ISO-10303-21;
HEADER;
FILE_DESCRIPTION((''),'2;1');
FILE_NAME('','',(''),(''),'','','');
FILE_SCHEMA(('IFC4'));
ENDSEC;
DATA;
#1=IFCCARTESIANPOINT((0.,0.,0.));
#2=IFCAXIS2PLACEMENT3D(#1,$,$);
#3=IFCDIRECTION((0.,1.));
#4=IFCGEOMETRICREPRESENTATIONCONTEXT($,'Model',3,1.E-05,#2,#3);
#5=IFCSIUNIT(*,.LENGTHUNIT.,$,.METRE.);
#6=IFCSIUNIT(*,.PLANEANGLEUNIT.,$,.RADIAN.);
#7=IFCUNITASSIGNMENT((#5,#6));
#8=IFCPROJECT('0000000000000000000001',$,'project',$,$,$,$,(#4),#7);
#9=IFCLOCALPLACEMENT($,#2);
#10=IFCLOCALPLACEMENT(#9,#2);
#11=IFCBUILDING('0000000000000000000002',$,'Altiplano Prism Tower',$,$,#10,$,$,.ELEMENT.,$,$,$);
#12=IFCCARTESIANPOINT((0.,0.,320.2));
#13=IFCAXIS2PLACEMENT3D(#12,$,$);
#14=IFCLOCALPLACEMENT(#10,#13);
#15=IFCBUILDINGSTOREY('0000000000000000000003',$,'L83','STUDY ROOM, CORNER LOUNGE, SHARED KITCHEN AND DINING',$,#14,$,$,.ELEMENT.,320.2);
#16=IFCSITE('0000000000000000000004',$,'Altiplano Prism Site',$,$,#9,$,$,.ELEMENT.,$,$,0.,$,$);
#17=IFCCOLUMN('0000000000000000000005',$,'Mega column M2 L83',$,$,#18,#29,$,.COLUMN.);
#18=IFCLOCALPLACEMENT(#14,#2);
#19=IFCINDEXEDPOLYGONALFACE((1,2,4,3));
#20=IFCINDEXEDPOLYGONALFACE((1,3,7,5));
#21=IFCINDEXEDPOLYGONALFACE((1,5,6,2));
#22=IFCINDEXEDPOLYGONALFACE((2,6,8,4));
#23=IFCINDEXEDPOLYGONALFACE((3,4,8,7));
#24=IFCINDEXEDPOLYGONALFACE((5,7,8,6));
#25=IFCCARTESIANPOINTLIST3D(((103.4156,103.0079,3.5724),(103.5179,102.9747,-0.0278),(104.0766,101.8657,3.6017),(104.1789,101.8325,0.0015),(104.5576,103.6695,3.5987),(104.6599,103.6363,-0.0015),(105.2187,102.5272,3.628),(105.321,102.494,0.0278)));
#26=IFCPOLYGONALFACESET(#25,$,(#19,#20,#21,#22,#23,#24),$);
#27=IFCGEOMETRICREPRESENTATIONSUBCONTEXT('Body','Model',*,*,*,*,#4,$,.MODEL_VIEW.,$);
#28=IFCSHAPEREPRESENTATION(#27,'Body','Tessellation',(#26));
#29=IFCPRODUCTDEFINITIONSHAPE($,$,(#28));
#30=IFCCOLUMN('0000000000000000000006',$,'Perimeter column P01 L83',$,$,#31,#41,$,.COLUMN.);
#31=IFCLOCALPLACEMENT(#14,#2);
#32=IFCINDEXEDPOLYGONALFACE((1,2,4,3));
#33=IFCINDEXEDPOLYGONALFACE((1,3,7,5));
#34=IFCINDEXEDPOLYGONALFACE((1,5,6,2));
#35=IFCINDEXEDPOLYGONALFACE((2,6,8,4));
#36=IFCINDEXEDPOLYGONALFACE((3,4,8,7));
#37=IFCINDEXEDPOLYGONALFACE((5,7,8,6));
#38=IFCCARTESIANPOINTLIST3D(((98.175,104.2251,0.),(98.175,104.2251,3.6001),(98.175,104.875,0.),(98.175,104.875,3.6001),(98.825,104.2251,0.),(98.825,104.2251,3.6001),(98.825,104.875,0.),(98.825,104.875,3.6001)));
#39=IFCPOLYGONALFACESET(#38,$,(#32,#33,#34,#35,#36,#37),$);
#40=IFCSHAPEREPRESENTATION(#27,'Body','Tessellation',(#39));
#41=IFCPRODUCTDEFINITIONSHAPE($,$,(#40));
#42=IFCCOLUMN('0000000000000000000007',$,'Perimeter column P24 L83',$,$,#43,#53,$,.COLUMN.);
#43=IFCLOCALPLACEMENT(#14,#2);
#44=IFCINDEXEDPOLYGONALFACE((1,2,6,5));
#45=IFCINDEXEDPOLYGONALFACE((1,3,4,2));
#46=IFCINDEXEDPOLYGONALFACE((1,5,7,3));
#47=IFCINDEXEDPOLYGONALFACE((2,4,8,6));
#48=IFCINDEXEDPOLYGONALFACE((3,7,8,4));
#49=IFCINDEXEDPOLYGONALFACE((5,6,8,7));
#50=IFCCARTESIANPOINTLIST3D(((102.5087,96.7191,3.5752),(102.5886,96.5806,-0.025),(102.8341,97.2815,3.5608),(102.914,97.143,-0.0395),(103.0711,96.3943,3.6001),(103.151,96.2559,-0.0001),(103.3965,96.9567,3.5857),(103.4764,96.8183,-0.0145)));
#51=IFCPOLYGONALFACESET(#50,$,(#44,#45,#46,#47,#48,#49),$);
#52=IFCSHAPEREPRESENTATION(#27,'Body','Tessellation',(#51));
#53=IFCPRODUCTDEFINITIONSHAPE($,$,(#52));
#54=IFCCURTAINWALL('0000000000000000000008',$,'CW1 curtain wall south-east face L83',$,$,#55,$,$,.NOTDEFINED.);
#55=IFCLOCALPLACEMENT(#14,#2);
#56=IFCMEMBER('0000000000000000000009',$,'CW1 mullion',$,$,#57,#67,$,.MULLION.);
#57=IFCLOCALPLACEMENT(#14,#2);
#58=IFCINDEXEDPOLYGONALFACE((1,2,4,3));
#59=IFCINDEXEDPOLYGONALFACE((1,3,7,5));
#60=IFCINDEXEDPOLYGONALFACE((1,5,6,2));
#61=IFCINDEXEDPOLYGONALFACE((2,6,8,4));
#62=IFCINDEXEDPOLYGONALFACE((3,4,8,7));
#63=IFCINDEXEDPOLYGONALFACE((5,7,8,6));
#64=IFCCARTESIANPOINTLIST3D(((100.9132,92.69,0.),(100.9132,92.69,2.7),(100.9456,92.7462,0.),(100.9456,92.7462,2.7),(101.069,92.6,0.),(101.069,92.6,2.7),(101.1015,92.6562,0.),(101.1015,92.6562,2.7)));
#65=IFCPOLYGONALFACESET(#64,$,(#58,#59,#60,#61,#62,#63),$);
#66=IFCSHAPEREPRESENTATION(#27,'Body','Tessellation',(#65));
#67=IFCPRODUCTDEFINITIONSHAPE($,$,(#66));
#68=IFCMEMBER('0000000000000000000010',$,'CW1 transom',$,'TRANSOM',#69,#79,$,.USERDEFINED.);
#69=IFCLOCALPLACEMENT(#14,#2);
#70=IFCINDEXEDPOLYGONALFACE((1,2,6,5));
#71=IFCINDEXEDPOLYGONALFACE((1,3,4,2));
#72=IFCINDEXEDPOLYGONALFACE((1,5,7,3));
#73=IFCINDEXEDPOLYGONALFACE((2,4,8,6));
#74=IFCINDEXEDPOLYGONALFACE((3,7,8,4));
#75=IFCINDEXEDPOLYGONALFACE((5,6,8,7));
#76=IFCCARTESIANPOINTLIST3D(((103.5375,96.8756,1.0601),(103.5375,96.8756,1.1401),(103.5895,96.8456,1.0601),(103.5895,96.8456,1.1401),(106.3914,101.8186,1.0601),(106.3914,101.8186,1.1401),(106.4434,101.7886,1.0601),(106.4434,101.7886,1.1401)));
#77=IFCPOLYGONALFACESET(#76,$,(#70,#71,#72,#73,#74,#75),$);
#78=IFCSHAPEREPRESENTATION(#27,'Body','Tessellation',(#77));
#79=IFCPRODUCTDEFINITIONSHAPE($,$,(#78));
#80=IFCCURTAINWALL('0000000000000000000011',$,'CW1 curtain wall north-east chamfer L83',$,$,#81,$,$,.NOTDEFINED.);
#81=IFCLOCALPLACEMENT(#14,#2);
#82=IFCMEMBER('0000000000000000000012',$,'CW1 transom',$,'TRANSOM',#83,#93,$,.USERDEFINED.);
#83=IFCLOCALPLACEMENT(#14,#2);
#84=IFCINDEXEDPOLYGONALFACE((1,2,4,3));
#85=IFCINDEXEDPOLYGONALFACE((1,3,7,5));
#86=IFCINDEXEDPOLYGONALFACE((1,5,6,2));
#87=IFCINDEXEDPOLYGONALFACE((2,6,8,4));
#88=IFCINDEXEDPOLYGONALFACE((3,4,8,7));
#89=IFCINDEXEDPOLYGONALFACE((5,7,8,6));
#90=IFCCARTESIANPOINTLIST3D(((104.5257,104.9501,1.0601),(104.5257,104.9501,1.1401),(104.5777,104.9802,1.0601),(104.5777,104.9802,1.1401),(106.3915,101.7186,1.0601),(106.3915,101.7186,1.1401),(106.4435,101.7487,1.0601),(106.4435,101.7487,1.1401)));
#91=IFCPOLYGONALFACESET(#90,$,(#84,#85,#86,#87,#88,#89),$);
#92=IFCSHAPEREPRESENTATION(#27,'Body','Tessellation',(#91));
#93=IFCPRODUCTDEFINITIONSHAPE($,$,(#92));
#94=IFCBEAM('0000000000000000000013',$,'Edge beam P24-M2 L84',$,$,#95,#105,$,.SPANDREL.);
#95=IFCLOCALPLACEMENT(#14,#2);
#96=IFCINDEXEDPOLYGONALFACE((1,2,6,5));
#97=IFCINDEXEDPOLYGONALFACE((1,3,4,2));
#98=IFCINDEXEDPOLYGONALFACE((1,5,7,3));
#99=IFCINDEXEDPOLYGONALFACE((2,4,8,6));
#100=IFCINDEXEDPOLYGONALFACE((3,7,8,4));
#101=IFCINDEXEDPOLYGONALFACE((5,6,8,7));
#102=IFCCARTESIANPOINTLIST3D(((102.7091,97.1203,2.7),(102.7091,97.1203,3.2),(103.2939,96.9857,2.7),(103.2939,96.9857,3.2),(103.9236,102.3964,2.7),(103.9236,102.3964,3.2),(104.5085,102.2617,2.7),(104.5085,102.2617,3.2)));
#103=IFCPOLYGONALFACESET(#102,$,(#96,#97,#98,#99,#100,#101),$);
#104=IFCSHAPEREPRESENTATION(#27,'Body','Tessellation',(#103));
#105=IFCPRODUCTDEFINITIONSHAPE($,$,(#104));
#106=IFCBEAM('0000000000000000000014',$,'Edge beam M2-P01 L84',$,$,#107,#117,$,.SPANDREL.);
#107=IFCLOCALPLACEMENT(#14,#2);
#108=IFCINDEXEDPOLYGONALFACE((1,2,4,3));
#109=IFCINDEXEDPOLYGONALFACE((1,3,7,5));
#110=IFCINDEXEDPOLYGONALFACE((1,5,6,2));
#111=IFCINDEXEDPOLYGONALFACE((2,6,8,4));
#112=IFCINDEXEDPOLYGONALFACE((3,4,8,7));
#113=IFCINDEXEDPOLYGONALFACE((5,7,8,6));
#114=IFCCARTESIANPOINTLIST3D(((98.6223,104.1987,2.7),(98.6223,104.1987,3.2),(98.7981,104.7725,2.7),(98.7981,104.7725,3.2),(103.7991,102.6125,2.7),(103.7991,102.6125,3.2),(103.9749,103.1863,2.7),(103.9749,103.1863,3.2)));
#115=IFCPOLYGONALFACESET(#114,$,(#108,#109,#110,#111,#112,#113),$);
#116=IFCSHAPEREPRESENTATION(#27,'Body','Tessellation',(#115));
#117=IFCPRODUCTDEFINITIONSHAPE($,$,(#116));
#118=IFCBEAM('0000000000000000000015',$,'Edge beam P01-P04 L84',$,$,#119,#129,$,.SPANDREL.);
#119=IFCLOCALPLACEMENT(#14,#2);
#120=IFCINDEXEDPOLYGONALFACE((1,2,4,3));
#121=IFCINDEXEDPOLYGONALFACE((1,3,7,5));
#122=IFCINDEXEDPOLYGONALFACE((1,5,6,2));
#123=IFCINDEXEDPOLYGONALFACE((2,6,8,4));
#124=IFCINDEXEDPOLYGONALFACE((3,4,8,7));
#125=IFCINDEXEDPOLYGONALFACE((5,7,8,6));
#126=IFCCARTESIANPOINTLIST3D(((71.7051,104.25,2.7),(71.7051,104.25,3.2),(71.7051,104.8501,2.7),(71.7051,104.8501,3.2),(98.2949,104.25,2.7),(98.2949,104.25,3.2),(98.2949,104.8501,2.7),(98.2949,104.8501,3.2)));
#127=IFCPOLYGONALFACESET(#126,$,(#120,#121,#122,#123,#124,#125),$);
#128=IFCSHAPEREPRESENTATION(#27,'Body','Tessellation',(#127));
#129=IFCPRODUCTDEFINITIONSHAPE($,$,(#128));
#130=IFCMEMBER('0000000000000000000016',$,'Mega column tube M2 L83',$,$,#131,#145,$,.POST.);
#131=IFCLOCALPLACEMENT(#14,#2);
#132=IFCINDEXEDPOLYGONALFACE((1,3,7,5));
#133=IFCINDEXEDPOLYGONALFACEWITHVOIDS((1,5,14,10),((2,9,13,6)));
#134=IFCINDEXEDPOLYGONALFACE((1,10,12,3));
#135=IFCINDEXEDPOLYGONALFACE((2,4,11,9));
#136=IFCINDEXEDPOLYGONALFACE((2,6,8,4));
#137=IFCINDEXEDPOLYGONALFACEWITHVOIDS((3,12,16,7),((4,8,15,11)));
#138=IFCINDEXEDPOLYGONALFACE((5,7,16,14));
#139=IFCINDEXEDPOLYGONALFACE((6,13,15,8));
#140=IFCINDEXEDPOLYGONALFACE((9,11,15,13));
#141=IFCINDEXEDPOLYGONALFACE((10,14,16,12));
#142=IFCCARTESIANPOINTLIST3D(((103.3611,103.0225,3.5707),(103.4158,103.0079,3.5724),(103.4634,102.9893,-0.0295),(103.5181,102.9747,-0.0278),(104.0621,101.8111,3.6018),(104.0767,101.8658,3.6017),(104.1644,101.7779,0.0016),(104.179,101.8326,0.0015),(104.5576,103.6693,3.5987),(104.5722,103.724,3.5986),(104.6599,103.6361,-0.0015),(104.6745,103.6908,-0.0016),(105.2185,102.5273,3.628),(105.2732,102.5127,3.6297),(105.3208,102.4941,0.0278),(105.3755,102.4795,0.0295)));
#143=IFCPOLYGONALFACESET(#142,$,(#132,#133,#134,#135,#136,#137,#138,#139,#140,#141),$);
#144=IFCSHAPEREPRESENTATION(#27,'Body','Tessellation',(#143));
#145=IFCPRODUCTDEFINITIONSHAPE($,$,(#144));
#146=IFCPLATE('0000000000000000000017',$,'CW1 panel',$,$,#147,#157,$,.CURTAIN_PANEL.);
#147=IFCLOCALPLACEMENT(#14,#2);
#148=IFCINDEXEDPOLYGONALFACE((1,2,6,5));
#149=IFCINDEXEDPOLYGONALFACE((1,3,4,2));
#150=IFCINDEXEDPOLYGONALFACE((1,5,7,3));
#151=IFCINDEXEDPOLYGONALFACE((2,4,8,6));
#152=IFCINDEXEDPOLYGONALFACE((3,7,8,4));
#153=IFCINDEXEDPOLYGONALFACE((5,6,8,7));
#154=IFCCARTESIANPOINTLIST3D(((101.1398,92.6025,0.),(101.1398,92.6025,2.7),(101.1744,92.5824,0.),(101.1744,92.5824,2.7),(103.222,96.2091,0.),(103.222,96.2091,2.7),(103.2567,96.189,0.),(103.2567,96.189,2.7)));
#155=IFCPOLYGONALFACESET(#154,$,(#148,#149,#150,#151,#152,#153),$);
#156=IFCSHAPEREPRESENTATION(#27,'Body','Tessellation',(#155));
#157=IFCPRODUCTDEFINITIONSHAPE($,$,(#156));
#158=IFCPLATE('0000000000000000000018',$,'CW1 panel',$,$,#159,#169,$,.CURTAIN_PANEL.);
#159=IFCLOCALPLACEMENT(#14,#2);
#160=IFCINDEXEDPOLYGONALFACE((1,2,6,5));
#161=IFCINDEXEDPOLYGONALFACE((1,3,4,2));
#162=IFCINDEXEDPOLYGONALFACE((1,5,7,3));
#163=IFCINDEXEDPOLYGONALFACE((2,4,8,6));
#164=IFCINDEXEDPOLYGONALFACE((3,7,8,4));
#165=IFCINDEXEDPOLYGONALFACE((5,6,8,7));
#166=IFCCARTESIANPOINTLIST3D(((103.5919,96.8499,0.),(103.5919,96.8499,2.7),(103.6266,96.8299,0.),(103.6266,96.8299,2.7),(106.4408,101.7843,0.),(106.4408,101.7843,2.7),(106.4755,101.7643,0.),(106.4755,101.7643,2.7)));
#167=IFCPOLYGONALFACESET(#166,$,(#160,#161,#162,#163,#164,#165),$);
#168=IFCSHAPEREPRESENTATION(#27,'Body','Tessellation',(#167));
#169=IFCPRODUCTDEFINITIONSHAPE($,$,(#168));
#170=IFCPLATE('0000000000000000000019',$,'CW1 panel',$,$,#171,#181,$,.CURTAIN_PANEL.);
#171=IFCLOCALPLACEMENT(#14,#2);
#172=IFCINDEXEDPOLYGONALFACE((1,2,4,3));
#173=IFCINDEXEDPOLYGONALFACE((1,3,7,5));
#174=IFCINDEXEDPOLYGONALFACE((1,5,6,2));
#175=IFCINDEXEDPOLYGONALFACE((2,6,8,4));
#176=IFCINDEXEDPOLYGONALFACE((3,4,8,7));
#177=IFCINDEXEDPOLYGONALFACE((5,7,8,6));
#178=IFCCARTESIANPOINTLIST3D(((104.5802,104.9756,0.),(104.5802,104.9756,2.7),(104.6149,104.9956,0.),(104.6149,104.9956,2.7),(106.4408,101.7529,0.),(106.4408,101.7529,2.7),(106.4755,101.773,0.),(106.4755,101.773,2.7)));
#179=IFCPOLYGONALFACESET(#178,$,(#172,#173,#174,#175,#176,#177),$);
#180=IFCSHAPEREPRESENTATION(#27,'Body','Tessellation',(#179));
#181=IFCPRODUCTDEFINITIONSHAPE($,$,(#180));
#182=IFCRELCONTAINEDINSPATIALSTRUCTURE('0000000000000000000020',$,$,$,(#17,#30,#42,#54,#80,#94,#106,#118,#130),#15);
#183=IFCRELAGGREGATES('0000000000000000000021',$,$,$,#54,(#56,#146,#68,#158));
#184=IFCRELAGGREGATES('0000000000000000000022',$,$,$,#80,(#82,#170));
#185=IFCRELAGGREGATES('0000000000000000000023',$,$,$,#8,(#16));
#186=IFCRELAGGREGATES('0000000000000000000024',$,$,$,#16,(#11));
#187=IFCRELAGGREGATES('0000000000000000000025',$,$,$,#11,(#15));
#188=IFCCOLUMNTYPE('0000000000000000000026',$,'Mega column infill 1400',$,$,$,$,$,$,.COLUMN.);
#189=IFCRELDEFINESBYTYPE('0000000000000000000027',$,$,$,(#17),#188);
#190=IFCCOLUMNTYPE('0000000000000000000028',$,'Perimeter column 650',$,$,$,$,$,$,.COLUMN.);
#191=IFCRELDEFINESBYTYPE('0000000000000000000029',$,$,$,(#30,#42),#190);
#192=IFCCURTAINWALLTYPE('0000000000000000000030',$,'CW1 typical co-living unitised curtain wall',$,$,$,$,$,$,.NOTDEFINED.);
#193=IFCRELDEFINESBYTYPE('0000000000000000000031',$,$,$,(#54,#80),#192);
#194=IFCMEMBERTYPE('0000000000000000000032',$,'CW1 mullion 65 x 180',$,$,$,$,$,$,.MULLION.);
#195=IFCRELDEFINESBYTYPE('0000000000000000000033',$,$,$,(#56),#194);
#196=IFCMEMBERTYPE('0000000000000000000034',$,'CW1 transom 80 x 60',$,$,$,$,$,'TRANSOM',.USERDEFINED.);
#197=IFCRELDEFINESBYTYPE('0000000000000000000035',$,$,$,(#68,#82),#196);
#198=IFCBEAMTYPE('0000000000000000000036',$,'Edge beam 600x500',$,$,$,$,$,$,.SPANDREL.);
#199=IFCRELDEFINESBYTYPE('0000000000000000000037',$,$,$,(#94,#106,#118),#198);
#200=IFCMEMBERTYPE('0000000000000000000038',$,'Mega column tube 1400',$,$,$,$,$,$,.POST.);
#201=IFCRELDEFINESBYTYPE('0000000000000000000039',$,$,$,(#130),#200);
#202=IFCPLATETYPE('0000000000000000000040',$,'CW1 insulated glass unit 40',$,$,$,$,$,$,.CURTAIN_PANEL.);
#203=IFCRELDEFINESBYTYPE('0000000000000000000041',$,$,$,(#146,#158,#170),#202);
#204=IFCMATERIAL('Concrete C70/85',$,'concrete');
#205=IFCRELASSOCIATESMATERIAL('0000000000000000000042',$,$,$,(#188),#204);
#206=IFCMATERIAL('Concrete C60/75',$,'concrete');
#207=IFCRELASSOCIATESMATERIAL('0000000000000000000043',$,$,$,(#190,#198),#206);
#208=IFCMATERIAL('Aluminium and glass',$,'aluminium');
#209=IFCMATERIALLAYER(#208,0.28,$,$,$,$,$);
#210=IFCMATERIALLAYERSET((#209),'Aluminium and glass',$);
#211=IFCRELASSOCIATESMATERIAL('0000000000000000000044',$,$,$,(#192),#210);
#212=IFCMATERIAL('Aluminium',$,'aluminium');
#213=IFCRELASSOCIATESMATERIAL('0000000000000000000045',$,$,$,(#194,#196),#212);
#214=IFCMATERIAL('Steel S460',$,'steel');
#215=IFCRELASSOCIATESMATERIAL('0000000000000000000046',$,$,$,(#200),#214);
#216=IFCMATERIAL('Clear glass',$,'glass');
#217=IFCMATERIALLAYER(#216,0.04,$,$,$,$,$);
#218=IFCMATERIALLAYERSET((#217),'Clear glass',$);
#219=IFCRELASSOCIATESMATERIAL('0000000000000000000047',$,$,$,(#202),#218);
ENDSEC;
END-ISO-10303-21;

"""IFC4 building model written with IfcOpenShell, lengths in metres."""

from ifc_helpers import new_model, si_unit, direction, frame, origin, origin_2d, place, context, subcontext, project, spatial, rectangle, hollow_rectangle, extrude, material, layer, layer_set, material_profile, profile_set, type_object, element, aggregate, save


model = new_model("IFC4")

# Units and contexts
model_context = context("Model", 3, precision=1e-05, world=origin(), true_north=direction((0.0, 1.0)))
body_context = subcontext(model_context, "Body", "Model", "MODEL_VIEW")
ifc_project = project(units=[si_unit("LENGTHUNIT", "METRE"), si_unit("PLANEANGLEUNIT", "RADIAN")], contexts=[model_context])

# Site, building, storey
site_placement = place(None, origin())
site = spatial("IfcSite", under=ifc_project, at=site_placement, Name="Altiplano Prism Site", CompositionType="ELEMENT", RefElevation=0.0)
building_placement = place(site_placement, origin())
building = spatial("IfcBuilding", under=site, at=building_placement, Name="Altiplano Prism Tower", CompositionType="ELEMENT")
storey_placement = place(building_placement, frame((0.0, 0.0, 320.2)))
storey = spatial("IfcBuildingStorey", under=building, at=storey_placement, Name="L83", Description="STUDY ROOM, CORNER LOUNGE, SHARED KITCHEN AND DINING", CompositionType="ELEMENT", Elevation=320.2)

# Columns
ifc_material_1 = material(Name="Concrete C70/85", Category="concrete")
ifc_material_profile_1 = material_profile(ifc_material_1, rectangle(XDim=1.3201, YDim=1.3201, at=origin_2d()), Name="Mega column infill 1400")
ifc_profile_set_1 = profile_set([ifc_material_profile_1], Name="Concrete C70/85")
column_type_1 = type_object("IfcColumnType", Name="Mega column infill 1400", PredefinedType="COLUMN", material=ifc_profile_set_1)
column_1_placement = place(storey_placement, frame((104.4194, 102.7344, 0.0), z_axis=(-0.028402, 0.009219, 0.999554), x_axis=(0.500757, -0.865303, 0.022209)))
element("IfcColumn", 1, at=column_1_placement, inside=storey, type_object=column_type_1, Name="Mega column M2 L83", PredefinedType="COLUMN", context=body_context, shape_type="SweptSolid", body=[
    extrude(rectangle(XDim=1.3201, YDim=1.3201, at=origin_2d()), origin(), (0.0, 0.0, 1.0), 3.6018),
])
ifc_material_2 = material(Name="Concrete C60/75", Category="concrete")
ifc_material_profile_2 = material_profile(ifc_material_2, rectangle(XDim=0.6499, YDim=0.6499, at=origin_2d()), Name="Perimeter column 650")
ifc_profile_set_2 = profile_set([ifc_material_profile_2], Name="Concrete C60/75")
column_type_2 = type_object("IfcColumnType", Name="Perimeter column 650", PredefinedType="COLUMN", material=ifc_profile_set_2)
column_2_placement = place(storey_placement, frame((98.5, 104.55, 0.0), z_axis=(0.0, 0.0, 1.0), x_axis=(1.0, 0.0, 0.0)))
element("IfcColumn", 2, at=column_2_placement, inside=storey, type_object=column_type_2, Name="Perimeter column P01 L83", PredefinedType="COLUMN", context=body_context, shape_type="SweptSolid", body=[
    extrude(rectangle(XDim=0.6499, YDim=0.6499, at=origin_2d()), origin(), (0.0, 0.0, 1.0), 3.6001),
])
column_3_placement = place(storey_placement, frame((103.0325, 96.6995, -0.0198), z_axis=(-0.022154, 0.038413, 0.999016), x_axis=(-0.500657, -0.865362, 0.022172)))
element("IfcColumn", 3, at=column_3_placement, inside=storey, type_object=column_type_2, Name="Perimeter column P24 L83", PredefinedType="COLUMN", context=body_context, shape_type="SweptSolid", body=[
    extrude(rectangle(XDim=0.6499, YDim=0.6499, at=origin_2d()), origin(), (0.0, 0.0, 1.0), 3.6038),
])

# Curtain wall, members
ifc_material_3 = material(Name="Aluminium and glass", Category="aluminium")
ifc_layer_1 = layer(ifc_material_3, 0.28)
ifc_layer_set_1 = layer_set([ifc_layer_1], Name="Aluminium and glass")
curtain_wall_type = type_object("IfcCurtainWallType", Name="CW1 typical co-living unitised curtain wall", PredefinedType="NOTDEFINED", material=ifc_layer_set_1)
curtain_wall_1_placement = place(storey_placement, origin())
curtain_wall_1 = element("IfcCurtainWall", 4, at=curtain_wall_1_placement, inside=storey, type_object=curtain_wall_type, Name="CW1 curtain wall south-east face L83", PredefinedType="NOTDEFINED")
ifc_material_4 = material(Name="Aluminium", Category="aluminium")
ifc_material_profile_3 = material_profile(ifc_material_4, rectangle(XDim=0.1799, YDim=0.0649, at=origin_2d()), Name="CW1 mullion 65 x 180")
ifc_profile_set_3 = profile_set([ifc_material_profile_3], Name="Aluminium")
member_type_1 = type_object("IfcMemberType", Name="CW1 mullion 65 x 180", PredefinedType="MULLION", material=ifc_profile_set_3)
member_1_placement = place(storey_placement, frame((101.0073, 92.6731, 0.0), z_axis=(0.0, 0.0, 1.0), x_axis=(-0.866025, 0.5, 0.0)))
member_1 = element("IfcMember", 5, at=member_1_placement, type_object=member_type_1, Name="CW1 mullion", PredefinedType="MULLION", context=body_context, shape_type="SweptSolid", body=[
    extrude(rectangle(XDim=0.1799, YDim=0.0649, at=origin_2d()), origin(), (0.0, 0.0, 1.0), 2.7),
])
ifc_material_profile_4 = material_profile(ifc_material_4, rectangle(XDim=0.0601, YDim=0.0801, at=origin_2d()), Name="CW1 transom 80 x 60")
ifc_profile_set_4 = profile_set([ifc_material_profile_4], Name="Aluminium")
member_type_2 = type_object("IfcMemberType", Name="CW1 transom 80 x 60", ElementType="TRANSOM", PredefinedType="USERDEFINED", material=ifc_profile_set_4)
member_2_placement = place(storey_placement, frame((103.5635, 96.8606, 1.1001), z_axis=(0.500012, 0.866018, 0.0), x_axis=(-0.866018, 0.500012, 0.0)))
member_2 = element("IfcMember", 6, at=member_2_placement, type_object=member_type_2, Name="CW1 transom", ObjectType="TRANSOM", PredefinedType="USERDEFINED", context=body_context, shape_type="SweptSolid", body=[
    extrude(rectangle(XDim=0.0601, YDim=0.0801, at=origin_2d()), origin(), (0.0, 0.0, 1.0), 5.7078),
])

# Curtain wall, member
curtain_wall_2_placement = place(storey_placement, origin())
curtain_wall_2 = element("IfcCurtainWall", 7, at=curtain_wall_2_placement, inside=storey, type_object=curtain_wall_type, Name="CW1 curtain wall north-east chamfer L83", PredefinedType="NOTDEFINED")
member_3_placement = place(storey_placement, frame((106.4175, 101.7336, 1.1001), z_axis=(-0.500009, 0.86602, 0.0), x_axis=(-0.86602, -0.500009, 0.0)))
member_3 = element("IfcMember", 8, at=member_3_placement, type_object=member_type_2, Name="CW1 transom", ObjectType="TRANSOM", PredefinedType="USERDEFINED", context=body_context, shape_type="SweptSolid", body=[
    extrude(rectangle(XDim=0.0601, YDim=0.0801, at=origin_2d()), origin(), (0.0, 0.0, 1.0), 3.7314),
])

# Beams
ifc_material_profile_5 = material_profile(ifc_material_2, rectangle(XDim=0.6001, YDim=0.5, at=origin_2d()), Name="Edge beam 600x500")
ifc_profile_set_5 = profile_set([ifc_material_profile_5], Name="Concrete C60/75")
beam_type = type_object("IfcBeamType", Name="Edge beam 600x500", PredefinedType="SPANDREL", material=ifc_profile_set_5)
beam_1_placement = place(storey_placement, frame((103.0015, 97.053, 2.95), z_axis=(0.224339, 0.974511, 0.0), x_axis=(-0.974511, 0.224339, 0.0)))
element("IfcBeam", 9, at=beam_1_placement, inside=storey, type_object=beam_type, Name="Edge beam P24-M2 L84", PredefinedType="SPANDREL", context=body_context, shape_type="SweptSolid", body=[
    extrude(rectangle(XDim=0.6001, YDim=0.5, at=origin_2d()), origin(), (0.0, 0.0, 1.0), 5.4141),
])
beam_2_placement = place(storey_placement, frame((103.887, 102.8994, 2.95), z_axis=(-0.956124, 0.292961, 0.0), x_axis=(-0.292961, -0.956124, 0.0)))
element("IfcBeam", 10, at=beam_2_placement, inside=storey, type_object=beam_type, Name="Edge beam M2-P01 L84", PredefinedType="SPANDREL", context=body_context, shape_type="SweptSolid", body=[
    extrude(rectangle(XDim=0.6001, YDim=0.5, at=origin_2d()), origin(), (0.0, 0.0, 1.0), 5.4143),
])
beam_3_placement = place(storey_placement, frame((98.2949, 104.55, 2.95), z_axis=(-1.0, 0.0, 0.0), x_axis=(0.0, -1.0, 0.0)))
element("IfcBeam", 11, at=beam_3_placement, inside=storey, type_object=beam_type, Name="Edge beam P01-P04 L84", PredefinedType="SPANDREL", context=body_context, shape_type="SweptSolid", body=[
    extrude(rectangle(XDim=0.6001, YDim=0.5, at=origin_2d()), origin(), (0.0, 0.0, 1.0), 26.5898),
])

# Member
ifc_material_5 = material(Name="Steel S460", Category="steel")
ifc_material_profile_6 = material_profile(ifc_material_5, hollow_rectangle(XDim=1.3999, YDim=1.3999, WallThickness=0.04, at=origin_2d()), Name="Mega column tube 1400")
ifc_profile_set_6 = profile_set([ifc_material_profile_6], Name="Steel S460")
member_type_3 = type_object("IfcMemberType", Name="Mega column tube 1400", PredefinedType="POST", material=ifc_profile_set_6)
member_4_placement = place(storey_placement, frame((104.4194, 102.7344, 0.0), z_axis=(-0.028402, 0.009219, 0.999554), x_axis=(0.500757, -0.865303, 0.022209)))
element("IfcMember", 12, at=member_4_placement, inside=storey, type_object=member_type_3, Name="Mega column tube M2 L83", PredefinedType="POST", context=body_context, shape_type="SweptSolid", body=[
    extrude(hollow_rectangle(XDim=1.3999, YDim=1.3999, WallThickness=0.04, at=origin_2d()), origin(), (0.0, 0.0, 1.0), 3.6018),
])

# Plates
ifc_material_6 = material(Name="Clear glass", Category="glass")
ifc_layer_2 = layer(ifc_material_6, 0.04)
ifc_layer_set_2 = layer_set([ifc_layer_2], Name="Clear glass")
plate_type = type_object("IfcPlateType", Name="CW1 insulated glass unit 40", PredefinedType="CURTAIN_PANEL", material=ifc_layer_set_2)
plate_1_placement = place(storey_placement, frame((102.1982, 94.3958, 0.0), z_axis=(0.0, 0.0, 1.0), x_axis=(0.5, 0.866025, 0.0)))
plate_1 = element("IfcPlate", 13, at=plate_1_placement, type_object=plate_type, Name="CW1 panel", PredefinedType="CURTAIN_PANEL", context=body_context, shape_type="SweptSolid", body=[
    extrude(rectangle(XDim=4.1646, YDim=0.04, at=origin_2d()), origin(), (0.0, 0.0, 1.0), 2.7),
])
plate_2_placement = place(storey_placement, frame((105.0337, 99.3071, 0.0), z_axis=(0.0, 0.0, 1.0), x_axis=(0.5, 0.866025, 0.0)))
plate_2 = element("IfcPlate", 14, at=plate_2_placement, type_object=plate_type, Name="CW1 panel", PredefinedType="CURTAIN_PANEL", context=body_context, shape_type="SweptSolid", body=[
    extrude(rectangle(XDim=5.6978, YDim=0.04, at=origin_2d()), origin(), (0.0, 0.0, 1.0), 2.7),
])
aggregate(curtain_wall_1, [member_1, plate_1, member_2, plate_2])
plate_3_placement = place(storey_placement, frame((105.5278, 103.3743, 0.0), z_axis=(0.0, 0.0, 1.0), x_axis=(-0.5, 0.866025, 0.0)))
plate_3 = element("IfcPlate", 15, at=plate_3_placement, type_object=plate_type, Name="CW1 panel", PredefinedType="CURTAIN_PANEL", context=body_context, shape_type="SweptSolid", body=[
    extrude(rectangle(XDim=3.7212, YDim=0.04, at=origin_2d()), origin(), (0.0, 0.0, 1.0), 2.7),
])
aggregate(curtain_wall_2, [member_3, plate_3])

save(model, "model.ifc")
